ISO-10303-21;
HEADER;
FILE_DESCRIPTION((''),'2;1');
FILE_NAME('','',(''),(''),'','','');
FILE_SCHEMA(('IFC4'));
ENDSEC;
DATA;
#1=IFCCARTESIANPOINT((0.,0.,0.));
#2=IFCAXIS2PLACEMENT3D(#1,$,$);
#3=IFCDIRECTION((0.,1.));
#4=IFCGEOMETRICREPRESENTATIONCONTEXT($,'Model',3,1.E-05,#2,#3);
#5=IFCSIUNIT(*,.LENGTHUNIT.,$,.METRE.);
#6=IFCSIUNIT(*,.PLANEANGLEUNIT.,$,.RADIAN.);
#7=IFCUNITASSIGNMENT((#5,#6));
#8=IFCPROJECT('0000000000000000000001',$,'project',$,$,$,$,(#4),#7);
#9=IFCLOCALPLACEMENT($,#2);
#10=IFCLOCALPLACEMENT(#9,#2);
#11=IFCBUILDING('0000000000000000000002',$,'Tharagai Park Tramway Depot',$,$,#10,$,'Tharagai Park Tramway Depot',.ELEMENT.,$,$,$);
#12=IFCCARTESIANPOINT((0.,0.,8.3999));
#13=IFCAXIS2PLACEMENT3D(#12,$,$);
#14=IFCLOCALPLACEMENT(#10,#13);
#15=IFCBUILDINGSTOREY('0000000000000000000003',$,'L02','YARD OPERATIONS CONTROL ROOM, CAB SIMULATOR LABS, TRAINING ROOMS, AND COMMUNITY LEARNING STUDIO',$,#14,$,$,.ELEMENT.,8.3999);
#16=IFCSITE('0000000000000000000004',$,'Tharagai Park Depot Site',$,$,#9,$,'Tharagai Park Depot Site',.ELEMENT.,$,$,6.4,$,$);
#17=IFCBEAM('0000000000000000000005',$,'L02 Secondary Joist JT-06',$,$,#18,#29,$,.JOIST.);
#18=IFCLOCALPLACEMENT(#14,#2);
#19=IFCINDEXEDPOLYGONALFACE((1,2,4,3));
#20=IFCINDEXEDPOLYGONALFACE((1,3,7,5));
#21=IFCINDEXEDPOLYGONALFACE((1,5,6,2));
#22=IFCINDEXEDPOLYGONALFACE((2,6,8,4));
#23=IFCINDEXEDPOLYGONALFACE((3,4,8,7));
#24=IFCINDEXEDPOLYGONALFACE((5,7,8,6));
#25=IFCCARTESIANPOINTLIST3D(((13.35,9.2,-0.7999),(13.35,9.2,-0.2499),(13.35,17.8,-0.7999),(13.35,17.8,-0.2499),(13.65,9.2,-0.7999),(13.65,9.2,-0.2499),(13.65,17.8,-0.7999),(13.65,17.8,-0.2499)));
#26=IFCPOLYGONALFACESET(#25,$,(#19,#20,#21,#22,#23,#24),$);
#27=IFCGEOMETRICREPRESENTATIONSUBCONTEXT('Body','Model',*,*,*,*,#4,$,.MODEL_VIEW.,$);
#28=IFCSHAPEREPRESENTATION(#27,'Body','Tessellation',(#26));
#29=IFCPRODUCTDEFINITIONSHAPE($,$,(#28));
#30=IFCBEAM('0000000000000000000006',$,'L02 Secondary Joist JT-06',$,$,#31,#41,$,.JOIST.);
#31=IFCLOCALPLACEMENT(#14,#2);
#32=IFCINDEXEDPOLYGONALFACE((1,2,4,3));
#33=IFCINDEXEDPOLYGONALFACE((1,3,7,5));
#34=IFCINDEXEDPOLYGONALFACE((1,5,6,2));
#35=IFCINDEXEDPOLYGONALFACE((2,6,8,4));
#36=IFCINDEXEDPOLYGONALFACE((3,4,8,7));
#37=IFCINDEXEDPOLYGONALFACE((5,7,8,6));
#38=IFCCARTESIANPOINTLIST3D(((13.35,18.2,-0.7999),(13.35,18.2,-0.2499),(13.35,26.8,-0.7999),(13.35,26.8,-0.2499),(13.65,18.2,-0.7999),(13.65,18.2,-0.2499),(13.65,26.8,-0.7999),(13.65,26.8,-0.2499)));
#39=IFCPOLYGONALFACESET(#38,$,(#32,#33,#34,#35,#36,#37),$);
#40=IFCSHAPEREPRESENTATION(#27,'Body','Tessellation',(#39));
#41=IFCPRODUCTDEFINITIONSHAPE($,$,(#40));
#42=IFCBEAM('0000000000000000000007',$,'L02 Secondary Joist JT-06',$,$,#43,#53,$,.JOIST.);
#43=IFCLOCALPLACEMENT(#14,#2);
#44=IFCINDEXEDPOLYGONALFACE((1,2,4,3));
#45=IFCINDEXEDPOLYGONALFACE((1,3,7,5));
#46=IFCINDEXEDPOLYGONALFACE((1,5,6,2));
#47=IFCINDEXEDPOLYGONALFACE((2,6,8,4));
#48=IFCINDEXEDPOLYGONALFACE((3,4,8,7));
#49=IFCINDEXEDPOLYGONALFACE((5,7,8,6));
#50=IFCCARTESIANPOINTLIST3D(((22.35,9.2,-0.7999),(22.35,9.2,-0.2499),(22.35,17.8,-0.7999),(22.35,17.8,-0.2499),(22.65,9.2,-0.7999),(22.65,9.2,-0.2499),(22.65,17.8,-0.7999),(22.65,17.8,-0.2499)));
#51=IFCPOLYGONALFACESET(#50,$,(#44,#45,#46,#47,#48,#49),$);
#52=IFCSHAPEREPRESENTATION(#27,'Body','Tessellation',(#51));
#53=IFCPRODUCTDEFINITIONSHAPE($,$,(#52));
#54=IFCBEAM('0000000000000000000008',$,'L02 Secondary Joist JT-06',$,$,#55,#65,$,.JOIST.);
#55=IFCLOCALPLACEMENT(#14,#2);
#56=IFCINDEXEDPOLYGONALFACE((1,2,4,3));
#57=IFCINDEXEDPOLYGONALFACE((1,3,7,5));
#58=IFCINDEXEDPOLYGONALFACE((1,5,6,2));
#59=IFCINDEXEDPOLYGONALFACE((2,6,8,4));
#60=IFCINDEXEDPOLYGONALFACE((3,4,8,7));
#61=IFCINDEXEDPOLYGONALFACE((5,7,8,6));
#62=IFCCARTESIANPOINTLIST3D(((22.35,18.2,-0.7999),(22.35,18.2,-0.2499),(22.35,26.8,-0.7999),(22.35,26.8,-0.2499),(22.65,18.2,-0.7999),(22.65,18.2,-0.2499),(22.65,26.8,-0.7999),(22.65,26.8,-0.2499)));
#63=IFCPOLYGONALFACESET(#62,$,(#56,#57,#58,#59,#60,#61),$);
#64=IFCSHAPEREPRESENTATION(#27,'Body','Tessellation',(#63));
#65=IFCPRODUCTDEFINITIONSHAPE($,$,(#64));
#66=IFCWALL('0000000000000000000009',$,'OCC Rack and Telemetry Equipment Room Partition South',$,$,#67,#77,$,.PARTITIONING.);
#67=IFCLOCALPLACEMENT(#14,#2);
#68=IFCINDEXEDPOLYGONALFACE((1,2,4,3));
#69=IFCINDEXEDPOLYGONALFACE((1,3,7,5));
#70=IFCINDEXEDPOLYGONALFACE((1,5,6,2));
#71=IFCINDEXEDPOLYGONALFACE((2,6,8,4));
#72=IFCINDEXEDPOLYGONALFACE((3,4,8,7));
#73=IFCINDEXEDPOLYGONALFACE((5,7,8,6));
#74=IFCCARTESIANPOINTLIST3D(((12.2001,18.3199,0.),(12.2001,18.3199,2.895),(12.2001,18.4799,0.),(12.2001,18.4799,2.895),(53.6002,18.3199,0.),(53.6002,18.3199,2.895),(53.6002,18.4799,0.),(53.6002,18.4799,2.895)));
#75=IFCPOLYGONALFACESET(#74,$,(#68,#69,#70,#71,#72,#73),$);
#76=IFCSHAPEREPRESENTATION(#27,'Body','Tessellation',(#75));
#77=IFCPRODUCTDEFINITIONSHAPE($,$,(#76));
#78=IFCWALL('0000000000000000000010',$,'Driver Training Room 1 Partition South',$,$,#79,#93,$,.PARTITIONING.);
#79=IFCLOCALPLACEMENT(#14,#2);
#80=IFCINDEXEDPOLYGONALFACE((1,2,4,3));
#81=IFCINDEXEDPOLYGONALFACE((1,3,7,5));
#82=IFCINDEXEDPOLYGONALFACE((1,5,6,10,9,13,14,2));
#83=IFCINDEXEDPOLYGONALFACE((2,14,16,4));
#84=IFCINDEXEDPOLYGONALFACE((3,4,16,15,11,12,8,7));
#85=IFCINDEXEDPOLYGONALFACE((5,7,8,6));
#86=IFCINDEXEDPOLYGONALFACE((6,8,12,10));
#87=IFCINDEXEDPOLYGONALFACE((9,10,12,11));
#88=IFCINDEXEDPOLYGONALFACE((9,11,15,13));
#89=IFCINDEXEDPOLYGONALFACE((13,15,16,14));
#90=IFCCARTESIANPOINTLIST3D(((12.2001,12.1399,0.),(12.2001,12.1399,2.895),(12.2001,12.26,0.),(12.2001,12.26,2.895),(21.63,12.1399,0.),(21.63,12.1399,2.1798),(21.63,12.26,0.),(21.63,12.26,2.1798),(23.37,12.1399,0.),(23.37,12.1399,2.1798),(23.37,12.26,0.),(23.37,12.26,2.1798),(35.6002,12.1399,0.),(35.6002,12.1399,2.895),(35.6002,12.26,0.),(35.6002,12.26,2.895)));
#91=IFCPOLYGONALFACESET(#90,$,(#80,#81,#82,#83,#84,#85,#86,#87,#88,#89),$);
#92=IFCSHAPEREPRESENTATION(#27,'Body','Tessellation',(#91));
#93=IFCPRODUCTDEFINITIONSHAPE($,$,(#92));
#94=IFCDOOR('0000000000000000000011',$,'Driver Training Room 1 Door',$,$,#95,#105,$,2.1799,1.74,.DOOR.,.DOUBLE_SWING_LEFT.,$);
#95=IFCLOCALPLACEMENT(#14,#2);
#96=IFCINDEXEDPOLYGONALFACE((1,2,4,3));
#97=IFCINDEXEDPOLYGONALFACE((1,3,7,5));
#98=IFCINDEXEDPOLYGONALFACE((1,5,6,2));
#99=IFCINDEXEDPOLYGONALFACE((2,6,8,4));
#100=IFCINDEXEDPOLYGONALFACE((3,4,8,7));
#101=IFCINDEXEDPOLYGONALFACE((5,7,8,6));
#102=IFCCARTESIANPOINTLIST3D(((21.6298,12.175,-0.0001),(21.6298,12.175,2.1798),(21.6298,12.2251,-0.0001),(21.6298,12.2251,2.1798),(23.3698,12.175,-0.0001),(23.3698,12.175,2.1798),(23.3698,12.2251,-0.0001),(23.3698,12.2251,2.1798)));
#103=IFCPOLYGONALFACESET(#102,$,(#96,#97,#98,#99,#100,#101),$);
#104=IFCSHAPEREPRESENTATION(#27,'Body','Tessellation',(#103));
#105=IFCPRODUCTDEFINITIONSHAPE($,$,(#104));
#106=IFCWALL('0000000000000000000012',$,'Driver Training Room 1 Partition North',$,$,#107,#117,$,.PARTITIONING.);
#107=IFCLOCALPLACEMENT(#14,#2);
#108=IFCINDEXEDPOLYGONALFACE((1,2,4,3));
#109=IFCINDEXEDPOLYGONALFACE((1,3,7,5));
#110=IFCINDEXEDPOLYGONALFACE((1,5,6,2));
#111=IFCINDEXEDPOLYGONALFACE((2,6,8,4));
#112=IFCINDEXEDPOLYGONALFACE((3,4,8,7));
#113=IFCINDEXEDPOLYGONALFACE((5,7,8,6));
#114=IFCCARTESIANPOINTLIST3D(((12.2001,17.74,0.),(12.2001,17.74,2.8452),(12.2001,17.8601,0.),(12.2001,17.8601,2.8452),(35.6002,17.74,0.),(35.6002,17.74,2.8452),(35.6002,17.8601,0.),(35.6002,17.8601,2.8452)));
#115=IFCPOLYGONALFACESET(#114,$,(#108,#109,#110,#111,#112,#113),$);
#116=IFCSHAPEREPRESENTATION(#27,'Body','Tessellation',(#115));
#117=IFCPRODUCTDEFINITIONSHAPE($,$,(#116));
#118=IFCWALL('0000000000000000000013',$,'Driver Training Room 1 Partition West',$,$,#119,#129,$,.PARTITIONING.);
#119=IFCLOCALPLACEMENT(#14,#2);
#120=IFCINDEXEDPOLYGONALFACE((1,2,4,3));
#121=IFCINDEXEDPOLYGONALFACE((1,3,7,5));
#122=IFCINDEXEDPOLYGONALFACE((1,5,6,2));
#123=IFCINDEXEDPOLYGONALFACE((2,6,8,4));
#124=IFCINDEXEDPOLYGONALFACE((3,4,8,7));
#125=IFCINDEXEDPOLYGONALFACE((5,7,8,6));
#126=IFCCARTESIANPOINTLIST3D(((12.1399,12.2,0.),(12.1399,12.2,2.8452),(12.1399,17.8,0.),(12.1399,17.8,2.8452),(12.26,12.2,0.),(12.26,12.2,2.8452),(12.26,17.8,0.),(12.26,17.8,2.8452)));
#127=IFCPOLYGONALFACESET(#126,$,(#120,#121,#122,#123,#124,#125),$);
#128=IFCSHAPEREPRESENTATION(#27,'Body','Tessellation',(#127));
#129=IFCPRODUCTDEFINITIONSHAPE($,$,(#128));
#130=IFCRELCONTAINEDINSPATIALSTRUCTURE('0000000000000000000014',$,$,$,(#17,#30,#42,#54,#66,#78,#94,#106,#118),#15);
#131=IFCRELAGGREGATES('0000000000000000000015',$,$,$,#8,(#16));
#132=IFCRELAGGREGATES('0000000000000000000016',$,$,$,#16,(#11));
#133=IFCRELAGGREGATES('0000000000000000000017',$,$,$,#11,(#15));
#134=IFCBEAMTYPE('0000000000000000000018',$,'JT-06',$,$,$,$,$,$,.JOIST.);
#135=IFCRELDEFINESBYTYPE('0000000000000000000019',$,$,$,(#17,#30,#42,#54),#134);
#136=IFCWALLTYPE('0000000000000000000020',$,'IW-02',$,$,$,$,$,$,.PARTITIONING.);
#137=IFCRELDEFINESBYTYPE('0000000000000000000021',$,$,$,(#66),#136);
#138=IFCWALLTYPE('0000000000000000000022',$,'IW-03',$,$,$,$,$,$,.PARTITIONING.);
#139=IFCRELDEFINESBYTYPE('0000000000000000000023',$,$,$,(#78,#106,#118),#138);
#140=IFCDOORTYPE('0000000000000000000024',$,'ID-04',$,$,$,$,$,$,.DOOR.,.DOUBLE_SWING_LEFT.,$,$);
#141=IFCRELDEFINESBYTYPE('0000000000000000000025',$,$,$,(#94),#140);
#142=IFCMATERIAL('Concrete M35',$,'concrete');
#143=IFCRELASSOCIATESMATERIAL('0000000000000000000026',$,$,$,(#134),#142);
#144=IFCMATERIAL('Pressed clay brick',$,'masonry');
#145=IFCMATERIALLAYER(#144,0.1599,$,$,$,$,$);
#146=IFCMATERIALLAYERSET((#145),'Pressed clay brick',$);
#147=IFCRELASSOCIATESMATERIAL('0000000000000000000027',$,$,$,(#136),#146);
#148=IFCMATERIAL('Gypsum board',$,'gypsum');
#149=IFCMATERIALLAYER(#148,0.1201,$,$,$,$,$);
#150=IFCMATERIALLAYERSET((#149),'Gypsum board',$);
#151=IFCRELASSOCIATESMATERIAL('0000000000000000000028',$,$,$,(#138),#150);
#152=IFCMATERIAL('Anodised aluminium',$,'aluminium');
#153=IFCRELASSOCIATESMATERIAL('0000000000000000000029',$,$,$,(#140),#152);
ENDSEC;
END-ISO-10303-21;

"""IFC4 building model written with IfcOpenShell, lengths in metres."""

from ifc_helpers import new_model, si_unit, direction, frame, frame_2d, origin, origin_2d, place, context, subcontext, project, spatial, rectangle, extrude, material, layer, layer_set, material_profile, profile_set, type_object, element, fill, save


model = new_model("IFC4")

# Units and contexts
model_context = context("Model", 3, precision=1e-05, world=origin(), true_north=direction((0.0, 1.0)))
body_context = subcontext(model_context, "Body", "Model", "MODEL_VIEW")
ifc_project = project(units=[si_unit("LENGTHUNIT", "METRE"), si_unit("PLANEANGLEUNIT", "RADIAN")], contexts=[model_context])

# Site, building, storey
site_placement = place(None, origin())
site = spatial("IfcSite", under=ifc_project, at=site_placement, Name="Tharagai Park Depot Site", LongName="Tharagai Park Depot Site", CompositionType="ELEMENT", RefElevation=6.4)
building_placement = place(site_placement, origin())
building = spatial("IfcBuilding", under=site, at=building_placement, Name="Tharagai Park Tramway Depot", LongName="Tharagai Park Tramway Depot", CompositionType="ELEMENT")
storey_placement = place(building_placement, frame((0.0, 0.0, 8.3999)))
storey = spatial("IfcBuildingStorey", under=building, at=storey_placement, Name="L02", Description="YARD OPERATIONS CONTROL ROOM, CAB SIMULATOR LABS, TRAINING ROOMS, AND COMMUNITY LEARNING STUDIO", CompositionType="ELEMENT", Elevation=8.3999)

# Beams
ifc_material_1 = material(Name="Concrete M35", Category="concrete")
ifc_material_profile_1 = material_profile(ifc_material_1, rectangle(XDim=0.3, YDim=0.55, at=origin_2d()), Name="RC 300x550")
ifc_profile_set_1 = profile_set([ifc_material_profile_1], Name="Concrete M35")
beam_type_1 = type_object("IfcBeamType", Name="JT-06", PredefinedType="JOIST", material=ifc_profile_set_1)
for number, where, z_axis, x_axis, name in (
    (1, (13.5, 9.2, -0.5249), (0.0, 1.0, 0.0), (-1.0, 0.0, 0.0), "L02 Secondary Joist JT-06"),
    (2, (13.5, 18.2, -0.5249), (0.0, 1.0, 0.0), (-1.0, 0.0, 0.0), "L02 Secondary Joist JT-06"),
    (3, (22.5, 9.2, -0.5249), (0.0, 1.0, 0.0), (-1.0, 0.0, 0.0), "L02 Secondary Joist JT-06"),
    (4, (22.5, 18.2, -0.5249), (0.0, 1.0, 0.0), (-1.0, 0.0, 0.0), "L02 Secondary Joist JT-06"),
):
    element("IfcBeam", number, at=place(storey_placement, frame(where, z_axis=z_axis, x_axis=x_axis)), inside=storey, type_object=beam_type_1, Name=name, PredefinedType="JOIST", context=body_context, shape_type="SweptSolid", body=[
        extrude(rectangle(XDim=0.3, YDim=0.55, at=origin_2d()), origin(), (0.0, 0.0, 1.0), 8.6001),
    ])

# Wall
ifc_material_2 = material(Name="Pressed clay brick", Category="masonry")
ifc_layer_1 = layer(ifc_material_2, 0.1599)
ifc_layer_set_1 = layer_set([ifc_layer_1], Name="Pressed clay brick")
wall_type_1 = type_object("IfcWallType", Name="IW-02", PredefinedType="PARTITIONING", material=ifc_layer_set_1)
wall_1_placement = place(storey_placement, frame((12.2, 18.3999, 0.0), z_axis=(0.0, 0.0, 1.0), x_axis=(1.0, 0.0, 0.0)))
element("IfcWall", 5, at=wall_1_placement, inside=storey, type_object=wall_type_1, Name="OCC Rack and Telemetry Equipment Room Partition South", PredefinedType="PARTITIONING", context=body_context, shape_type="SweptSolid", body=[
    extrude(rectangle(XDim=41.4001, YDim=0.1599, at=frame_2d((20.7002, 0.0))), origin(), (0.0, 0.0, 1.0), 2.895),
])

# Wall, opening, door
ifc_material_3 = material(Name="Gypsum board", Category="gypsum")
ifc_layer_2 = layer(ifc_material_3, 0.1201)
ifc_layer_set_2 = layer_set([ifc_layer_2], Name="Gypsum board")
wall_type_2 = type_object("IfcWallType", Name="IW-03", PredefinedType="PARTITIONING", material=ifc_layer_set_2)
wall_2_placement = place(storey_placement, frame((12.2, 12.2, 0.0), z_axis=(0.0, 0.0, 1.0), x_axis=(1.0, 0.0, 0.0)))
wall_2 = element("IfcWall", 6, at=wall_2_placement, inside=storey, type_object=wall_type_2, Name="Driver Training Room 1 Partition South", PredefinedType="PARTITIONING", context=body_context, shape_type="SweptSolid", body=[
    extrude(rectangle(XDim=23.4001, YDim=0.1201, at=frame_2d((11.7002, 0.0))), origin(), (0.0, 0.0, 1.0), 2.895),
])
opening_placement = place(wall_2_placement, frame((9.4299, 0.0, 0.0)))
opening = element("IfcOpeningElement", 7, at=opening_placement, cuts=wall_2, PredefinedType="OPENING", context=body_context, shape_type="SweptSolid", body=[
    extrude(rectangle(XDim=1.74, YDim=2.1799, at=frame_2d((0.8701, 1.0898))), frame((0.0, 0.0701, 0.0), z_axis=(0.0, -1.0, 0.0), x_axis=(1.0, 0.0, 0.0)), (0.0, 0.0, 1.0), 0.1401),
])
ifc_material_4 = material(Name="Anodised aluminium", Category="aluminium")
door_type = type_object("IfcDoorType", Name="ID-04", OperationType="DOUBLE_SWING_LEFT", PredefinedType="DOOR", material=ifc_material_4)
door_placement = place(opening_placement, frame((1.74, 0.0, 0.0), z_axis=(0.0, 0.0, 1.0), x_axis=(-1.0, 0.0, 0.0)))
door = element("IfcDoor", 8, at=door_placement, inside=storey, type_object=door_type, Name="Driver Training Room 1 Door", OperationType="DOUBLE_SWING_LEFT", OverallHeight=2.1799, OverallWidth=1.74, PredefinedType="DOOR", context=body_context, shape_type="SweptSolid", body=[
    extrude(rectangle(XDim=1.74, YDim=2.1799, at=frame_2d((0.8701, 1.0898))), frame((0.0, 0.0249, 0.0), z_axis=(0.0, -1.0, 0.0), x_axis=(1.0, 0.0, 0.0)), (0.0, 0.0, 1.0), 0.05),
])
fill(opening, door)

# Walls
wall_3_placement = place(storey_placement, frame((12.2, 17.8, 0.0), z_axis=(0.0, 0.0, 1.0), x_axis=(1.0, 0.0, 0.0)))
element("IfcWall", 9, at=wall_3_placement, inside=storey, type_object=wall_type_2, Name="Driver Training Room 1 Partition North", PredefinedType="PARTITIONING", context=body_context, shape_type="SweptSolid", body=[
    extrude(rectangle(XDim=23.4001, YDim=0.1201, at=frame_2d((11.7002, 0.0))), origin(), (0.0, 0.0, 1.0), 2.8452),
])
wall_4_placement = place(storey_placement, frame((12.2, 12.2, 0.0), z_axis=(0.0, 0.0, 1.0), x_axis=(0.0, 1.0, 0.0)))
element("IfcWall", 10, at=wall_4_placement, inside=storey, type_object=wall_type_2, Name="Driver Training Room 1 Partition West", PredefinedType="PARTITIONING", context=body_context, shape_type="SweptSolid", body=[
    extrude(rectangle(XDim=5.6001, YDim=0.1201, at=frame_2d((2.8, 0.0))), origin(), (0.0, 0.0, 1.0), 2.8452),
])

save(model, "model.ifc")
